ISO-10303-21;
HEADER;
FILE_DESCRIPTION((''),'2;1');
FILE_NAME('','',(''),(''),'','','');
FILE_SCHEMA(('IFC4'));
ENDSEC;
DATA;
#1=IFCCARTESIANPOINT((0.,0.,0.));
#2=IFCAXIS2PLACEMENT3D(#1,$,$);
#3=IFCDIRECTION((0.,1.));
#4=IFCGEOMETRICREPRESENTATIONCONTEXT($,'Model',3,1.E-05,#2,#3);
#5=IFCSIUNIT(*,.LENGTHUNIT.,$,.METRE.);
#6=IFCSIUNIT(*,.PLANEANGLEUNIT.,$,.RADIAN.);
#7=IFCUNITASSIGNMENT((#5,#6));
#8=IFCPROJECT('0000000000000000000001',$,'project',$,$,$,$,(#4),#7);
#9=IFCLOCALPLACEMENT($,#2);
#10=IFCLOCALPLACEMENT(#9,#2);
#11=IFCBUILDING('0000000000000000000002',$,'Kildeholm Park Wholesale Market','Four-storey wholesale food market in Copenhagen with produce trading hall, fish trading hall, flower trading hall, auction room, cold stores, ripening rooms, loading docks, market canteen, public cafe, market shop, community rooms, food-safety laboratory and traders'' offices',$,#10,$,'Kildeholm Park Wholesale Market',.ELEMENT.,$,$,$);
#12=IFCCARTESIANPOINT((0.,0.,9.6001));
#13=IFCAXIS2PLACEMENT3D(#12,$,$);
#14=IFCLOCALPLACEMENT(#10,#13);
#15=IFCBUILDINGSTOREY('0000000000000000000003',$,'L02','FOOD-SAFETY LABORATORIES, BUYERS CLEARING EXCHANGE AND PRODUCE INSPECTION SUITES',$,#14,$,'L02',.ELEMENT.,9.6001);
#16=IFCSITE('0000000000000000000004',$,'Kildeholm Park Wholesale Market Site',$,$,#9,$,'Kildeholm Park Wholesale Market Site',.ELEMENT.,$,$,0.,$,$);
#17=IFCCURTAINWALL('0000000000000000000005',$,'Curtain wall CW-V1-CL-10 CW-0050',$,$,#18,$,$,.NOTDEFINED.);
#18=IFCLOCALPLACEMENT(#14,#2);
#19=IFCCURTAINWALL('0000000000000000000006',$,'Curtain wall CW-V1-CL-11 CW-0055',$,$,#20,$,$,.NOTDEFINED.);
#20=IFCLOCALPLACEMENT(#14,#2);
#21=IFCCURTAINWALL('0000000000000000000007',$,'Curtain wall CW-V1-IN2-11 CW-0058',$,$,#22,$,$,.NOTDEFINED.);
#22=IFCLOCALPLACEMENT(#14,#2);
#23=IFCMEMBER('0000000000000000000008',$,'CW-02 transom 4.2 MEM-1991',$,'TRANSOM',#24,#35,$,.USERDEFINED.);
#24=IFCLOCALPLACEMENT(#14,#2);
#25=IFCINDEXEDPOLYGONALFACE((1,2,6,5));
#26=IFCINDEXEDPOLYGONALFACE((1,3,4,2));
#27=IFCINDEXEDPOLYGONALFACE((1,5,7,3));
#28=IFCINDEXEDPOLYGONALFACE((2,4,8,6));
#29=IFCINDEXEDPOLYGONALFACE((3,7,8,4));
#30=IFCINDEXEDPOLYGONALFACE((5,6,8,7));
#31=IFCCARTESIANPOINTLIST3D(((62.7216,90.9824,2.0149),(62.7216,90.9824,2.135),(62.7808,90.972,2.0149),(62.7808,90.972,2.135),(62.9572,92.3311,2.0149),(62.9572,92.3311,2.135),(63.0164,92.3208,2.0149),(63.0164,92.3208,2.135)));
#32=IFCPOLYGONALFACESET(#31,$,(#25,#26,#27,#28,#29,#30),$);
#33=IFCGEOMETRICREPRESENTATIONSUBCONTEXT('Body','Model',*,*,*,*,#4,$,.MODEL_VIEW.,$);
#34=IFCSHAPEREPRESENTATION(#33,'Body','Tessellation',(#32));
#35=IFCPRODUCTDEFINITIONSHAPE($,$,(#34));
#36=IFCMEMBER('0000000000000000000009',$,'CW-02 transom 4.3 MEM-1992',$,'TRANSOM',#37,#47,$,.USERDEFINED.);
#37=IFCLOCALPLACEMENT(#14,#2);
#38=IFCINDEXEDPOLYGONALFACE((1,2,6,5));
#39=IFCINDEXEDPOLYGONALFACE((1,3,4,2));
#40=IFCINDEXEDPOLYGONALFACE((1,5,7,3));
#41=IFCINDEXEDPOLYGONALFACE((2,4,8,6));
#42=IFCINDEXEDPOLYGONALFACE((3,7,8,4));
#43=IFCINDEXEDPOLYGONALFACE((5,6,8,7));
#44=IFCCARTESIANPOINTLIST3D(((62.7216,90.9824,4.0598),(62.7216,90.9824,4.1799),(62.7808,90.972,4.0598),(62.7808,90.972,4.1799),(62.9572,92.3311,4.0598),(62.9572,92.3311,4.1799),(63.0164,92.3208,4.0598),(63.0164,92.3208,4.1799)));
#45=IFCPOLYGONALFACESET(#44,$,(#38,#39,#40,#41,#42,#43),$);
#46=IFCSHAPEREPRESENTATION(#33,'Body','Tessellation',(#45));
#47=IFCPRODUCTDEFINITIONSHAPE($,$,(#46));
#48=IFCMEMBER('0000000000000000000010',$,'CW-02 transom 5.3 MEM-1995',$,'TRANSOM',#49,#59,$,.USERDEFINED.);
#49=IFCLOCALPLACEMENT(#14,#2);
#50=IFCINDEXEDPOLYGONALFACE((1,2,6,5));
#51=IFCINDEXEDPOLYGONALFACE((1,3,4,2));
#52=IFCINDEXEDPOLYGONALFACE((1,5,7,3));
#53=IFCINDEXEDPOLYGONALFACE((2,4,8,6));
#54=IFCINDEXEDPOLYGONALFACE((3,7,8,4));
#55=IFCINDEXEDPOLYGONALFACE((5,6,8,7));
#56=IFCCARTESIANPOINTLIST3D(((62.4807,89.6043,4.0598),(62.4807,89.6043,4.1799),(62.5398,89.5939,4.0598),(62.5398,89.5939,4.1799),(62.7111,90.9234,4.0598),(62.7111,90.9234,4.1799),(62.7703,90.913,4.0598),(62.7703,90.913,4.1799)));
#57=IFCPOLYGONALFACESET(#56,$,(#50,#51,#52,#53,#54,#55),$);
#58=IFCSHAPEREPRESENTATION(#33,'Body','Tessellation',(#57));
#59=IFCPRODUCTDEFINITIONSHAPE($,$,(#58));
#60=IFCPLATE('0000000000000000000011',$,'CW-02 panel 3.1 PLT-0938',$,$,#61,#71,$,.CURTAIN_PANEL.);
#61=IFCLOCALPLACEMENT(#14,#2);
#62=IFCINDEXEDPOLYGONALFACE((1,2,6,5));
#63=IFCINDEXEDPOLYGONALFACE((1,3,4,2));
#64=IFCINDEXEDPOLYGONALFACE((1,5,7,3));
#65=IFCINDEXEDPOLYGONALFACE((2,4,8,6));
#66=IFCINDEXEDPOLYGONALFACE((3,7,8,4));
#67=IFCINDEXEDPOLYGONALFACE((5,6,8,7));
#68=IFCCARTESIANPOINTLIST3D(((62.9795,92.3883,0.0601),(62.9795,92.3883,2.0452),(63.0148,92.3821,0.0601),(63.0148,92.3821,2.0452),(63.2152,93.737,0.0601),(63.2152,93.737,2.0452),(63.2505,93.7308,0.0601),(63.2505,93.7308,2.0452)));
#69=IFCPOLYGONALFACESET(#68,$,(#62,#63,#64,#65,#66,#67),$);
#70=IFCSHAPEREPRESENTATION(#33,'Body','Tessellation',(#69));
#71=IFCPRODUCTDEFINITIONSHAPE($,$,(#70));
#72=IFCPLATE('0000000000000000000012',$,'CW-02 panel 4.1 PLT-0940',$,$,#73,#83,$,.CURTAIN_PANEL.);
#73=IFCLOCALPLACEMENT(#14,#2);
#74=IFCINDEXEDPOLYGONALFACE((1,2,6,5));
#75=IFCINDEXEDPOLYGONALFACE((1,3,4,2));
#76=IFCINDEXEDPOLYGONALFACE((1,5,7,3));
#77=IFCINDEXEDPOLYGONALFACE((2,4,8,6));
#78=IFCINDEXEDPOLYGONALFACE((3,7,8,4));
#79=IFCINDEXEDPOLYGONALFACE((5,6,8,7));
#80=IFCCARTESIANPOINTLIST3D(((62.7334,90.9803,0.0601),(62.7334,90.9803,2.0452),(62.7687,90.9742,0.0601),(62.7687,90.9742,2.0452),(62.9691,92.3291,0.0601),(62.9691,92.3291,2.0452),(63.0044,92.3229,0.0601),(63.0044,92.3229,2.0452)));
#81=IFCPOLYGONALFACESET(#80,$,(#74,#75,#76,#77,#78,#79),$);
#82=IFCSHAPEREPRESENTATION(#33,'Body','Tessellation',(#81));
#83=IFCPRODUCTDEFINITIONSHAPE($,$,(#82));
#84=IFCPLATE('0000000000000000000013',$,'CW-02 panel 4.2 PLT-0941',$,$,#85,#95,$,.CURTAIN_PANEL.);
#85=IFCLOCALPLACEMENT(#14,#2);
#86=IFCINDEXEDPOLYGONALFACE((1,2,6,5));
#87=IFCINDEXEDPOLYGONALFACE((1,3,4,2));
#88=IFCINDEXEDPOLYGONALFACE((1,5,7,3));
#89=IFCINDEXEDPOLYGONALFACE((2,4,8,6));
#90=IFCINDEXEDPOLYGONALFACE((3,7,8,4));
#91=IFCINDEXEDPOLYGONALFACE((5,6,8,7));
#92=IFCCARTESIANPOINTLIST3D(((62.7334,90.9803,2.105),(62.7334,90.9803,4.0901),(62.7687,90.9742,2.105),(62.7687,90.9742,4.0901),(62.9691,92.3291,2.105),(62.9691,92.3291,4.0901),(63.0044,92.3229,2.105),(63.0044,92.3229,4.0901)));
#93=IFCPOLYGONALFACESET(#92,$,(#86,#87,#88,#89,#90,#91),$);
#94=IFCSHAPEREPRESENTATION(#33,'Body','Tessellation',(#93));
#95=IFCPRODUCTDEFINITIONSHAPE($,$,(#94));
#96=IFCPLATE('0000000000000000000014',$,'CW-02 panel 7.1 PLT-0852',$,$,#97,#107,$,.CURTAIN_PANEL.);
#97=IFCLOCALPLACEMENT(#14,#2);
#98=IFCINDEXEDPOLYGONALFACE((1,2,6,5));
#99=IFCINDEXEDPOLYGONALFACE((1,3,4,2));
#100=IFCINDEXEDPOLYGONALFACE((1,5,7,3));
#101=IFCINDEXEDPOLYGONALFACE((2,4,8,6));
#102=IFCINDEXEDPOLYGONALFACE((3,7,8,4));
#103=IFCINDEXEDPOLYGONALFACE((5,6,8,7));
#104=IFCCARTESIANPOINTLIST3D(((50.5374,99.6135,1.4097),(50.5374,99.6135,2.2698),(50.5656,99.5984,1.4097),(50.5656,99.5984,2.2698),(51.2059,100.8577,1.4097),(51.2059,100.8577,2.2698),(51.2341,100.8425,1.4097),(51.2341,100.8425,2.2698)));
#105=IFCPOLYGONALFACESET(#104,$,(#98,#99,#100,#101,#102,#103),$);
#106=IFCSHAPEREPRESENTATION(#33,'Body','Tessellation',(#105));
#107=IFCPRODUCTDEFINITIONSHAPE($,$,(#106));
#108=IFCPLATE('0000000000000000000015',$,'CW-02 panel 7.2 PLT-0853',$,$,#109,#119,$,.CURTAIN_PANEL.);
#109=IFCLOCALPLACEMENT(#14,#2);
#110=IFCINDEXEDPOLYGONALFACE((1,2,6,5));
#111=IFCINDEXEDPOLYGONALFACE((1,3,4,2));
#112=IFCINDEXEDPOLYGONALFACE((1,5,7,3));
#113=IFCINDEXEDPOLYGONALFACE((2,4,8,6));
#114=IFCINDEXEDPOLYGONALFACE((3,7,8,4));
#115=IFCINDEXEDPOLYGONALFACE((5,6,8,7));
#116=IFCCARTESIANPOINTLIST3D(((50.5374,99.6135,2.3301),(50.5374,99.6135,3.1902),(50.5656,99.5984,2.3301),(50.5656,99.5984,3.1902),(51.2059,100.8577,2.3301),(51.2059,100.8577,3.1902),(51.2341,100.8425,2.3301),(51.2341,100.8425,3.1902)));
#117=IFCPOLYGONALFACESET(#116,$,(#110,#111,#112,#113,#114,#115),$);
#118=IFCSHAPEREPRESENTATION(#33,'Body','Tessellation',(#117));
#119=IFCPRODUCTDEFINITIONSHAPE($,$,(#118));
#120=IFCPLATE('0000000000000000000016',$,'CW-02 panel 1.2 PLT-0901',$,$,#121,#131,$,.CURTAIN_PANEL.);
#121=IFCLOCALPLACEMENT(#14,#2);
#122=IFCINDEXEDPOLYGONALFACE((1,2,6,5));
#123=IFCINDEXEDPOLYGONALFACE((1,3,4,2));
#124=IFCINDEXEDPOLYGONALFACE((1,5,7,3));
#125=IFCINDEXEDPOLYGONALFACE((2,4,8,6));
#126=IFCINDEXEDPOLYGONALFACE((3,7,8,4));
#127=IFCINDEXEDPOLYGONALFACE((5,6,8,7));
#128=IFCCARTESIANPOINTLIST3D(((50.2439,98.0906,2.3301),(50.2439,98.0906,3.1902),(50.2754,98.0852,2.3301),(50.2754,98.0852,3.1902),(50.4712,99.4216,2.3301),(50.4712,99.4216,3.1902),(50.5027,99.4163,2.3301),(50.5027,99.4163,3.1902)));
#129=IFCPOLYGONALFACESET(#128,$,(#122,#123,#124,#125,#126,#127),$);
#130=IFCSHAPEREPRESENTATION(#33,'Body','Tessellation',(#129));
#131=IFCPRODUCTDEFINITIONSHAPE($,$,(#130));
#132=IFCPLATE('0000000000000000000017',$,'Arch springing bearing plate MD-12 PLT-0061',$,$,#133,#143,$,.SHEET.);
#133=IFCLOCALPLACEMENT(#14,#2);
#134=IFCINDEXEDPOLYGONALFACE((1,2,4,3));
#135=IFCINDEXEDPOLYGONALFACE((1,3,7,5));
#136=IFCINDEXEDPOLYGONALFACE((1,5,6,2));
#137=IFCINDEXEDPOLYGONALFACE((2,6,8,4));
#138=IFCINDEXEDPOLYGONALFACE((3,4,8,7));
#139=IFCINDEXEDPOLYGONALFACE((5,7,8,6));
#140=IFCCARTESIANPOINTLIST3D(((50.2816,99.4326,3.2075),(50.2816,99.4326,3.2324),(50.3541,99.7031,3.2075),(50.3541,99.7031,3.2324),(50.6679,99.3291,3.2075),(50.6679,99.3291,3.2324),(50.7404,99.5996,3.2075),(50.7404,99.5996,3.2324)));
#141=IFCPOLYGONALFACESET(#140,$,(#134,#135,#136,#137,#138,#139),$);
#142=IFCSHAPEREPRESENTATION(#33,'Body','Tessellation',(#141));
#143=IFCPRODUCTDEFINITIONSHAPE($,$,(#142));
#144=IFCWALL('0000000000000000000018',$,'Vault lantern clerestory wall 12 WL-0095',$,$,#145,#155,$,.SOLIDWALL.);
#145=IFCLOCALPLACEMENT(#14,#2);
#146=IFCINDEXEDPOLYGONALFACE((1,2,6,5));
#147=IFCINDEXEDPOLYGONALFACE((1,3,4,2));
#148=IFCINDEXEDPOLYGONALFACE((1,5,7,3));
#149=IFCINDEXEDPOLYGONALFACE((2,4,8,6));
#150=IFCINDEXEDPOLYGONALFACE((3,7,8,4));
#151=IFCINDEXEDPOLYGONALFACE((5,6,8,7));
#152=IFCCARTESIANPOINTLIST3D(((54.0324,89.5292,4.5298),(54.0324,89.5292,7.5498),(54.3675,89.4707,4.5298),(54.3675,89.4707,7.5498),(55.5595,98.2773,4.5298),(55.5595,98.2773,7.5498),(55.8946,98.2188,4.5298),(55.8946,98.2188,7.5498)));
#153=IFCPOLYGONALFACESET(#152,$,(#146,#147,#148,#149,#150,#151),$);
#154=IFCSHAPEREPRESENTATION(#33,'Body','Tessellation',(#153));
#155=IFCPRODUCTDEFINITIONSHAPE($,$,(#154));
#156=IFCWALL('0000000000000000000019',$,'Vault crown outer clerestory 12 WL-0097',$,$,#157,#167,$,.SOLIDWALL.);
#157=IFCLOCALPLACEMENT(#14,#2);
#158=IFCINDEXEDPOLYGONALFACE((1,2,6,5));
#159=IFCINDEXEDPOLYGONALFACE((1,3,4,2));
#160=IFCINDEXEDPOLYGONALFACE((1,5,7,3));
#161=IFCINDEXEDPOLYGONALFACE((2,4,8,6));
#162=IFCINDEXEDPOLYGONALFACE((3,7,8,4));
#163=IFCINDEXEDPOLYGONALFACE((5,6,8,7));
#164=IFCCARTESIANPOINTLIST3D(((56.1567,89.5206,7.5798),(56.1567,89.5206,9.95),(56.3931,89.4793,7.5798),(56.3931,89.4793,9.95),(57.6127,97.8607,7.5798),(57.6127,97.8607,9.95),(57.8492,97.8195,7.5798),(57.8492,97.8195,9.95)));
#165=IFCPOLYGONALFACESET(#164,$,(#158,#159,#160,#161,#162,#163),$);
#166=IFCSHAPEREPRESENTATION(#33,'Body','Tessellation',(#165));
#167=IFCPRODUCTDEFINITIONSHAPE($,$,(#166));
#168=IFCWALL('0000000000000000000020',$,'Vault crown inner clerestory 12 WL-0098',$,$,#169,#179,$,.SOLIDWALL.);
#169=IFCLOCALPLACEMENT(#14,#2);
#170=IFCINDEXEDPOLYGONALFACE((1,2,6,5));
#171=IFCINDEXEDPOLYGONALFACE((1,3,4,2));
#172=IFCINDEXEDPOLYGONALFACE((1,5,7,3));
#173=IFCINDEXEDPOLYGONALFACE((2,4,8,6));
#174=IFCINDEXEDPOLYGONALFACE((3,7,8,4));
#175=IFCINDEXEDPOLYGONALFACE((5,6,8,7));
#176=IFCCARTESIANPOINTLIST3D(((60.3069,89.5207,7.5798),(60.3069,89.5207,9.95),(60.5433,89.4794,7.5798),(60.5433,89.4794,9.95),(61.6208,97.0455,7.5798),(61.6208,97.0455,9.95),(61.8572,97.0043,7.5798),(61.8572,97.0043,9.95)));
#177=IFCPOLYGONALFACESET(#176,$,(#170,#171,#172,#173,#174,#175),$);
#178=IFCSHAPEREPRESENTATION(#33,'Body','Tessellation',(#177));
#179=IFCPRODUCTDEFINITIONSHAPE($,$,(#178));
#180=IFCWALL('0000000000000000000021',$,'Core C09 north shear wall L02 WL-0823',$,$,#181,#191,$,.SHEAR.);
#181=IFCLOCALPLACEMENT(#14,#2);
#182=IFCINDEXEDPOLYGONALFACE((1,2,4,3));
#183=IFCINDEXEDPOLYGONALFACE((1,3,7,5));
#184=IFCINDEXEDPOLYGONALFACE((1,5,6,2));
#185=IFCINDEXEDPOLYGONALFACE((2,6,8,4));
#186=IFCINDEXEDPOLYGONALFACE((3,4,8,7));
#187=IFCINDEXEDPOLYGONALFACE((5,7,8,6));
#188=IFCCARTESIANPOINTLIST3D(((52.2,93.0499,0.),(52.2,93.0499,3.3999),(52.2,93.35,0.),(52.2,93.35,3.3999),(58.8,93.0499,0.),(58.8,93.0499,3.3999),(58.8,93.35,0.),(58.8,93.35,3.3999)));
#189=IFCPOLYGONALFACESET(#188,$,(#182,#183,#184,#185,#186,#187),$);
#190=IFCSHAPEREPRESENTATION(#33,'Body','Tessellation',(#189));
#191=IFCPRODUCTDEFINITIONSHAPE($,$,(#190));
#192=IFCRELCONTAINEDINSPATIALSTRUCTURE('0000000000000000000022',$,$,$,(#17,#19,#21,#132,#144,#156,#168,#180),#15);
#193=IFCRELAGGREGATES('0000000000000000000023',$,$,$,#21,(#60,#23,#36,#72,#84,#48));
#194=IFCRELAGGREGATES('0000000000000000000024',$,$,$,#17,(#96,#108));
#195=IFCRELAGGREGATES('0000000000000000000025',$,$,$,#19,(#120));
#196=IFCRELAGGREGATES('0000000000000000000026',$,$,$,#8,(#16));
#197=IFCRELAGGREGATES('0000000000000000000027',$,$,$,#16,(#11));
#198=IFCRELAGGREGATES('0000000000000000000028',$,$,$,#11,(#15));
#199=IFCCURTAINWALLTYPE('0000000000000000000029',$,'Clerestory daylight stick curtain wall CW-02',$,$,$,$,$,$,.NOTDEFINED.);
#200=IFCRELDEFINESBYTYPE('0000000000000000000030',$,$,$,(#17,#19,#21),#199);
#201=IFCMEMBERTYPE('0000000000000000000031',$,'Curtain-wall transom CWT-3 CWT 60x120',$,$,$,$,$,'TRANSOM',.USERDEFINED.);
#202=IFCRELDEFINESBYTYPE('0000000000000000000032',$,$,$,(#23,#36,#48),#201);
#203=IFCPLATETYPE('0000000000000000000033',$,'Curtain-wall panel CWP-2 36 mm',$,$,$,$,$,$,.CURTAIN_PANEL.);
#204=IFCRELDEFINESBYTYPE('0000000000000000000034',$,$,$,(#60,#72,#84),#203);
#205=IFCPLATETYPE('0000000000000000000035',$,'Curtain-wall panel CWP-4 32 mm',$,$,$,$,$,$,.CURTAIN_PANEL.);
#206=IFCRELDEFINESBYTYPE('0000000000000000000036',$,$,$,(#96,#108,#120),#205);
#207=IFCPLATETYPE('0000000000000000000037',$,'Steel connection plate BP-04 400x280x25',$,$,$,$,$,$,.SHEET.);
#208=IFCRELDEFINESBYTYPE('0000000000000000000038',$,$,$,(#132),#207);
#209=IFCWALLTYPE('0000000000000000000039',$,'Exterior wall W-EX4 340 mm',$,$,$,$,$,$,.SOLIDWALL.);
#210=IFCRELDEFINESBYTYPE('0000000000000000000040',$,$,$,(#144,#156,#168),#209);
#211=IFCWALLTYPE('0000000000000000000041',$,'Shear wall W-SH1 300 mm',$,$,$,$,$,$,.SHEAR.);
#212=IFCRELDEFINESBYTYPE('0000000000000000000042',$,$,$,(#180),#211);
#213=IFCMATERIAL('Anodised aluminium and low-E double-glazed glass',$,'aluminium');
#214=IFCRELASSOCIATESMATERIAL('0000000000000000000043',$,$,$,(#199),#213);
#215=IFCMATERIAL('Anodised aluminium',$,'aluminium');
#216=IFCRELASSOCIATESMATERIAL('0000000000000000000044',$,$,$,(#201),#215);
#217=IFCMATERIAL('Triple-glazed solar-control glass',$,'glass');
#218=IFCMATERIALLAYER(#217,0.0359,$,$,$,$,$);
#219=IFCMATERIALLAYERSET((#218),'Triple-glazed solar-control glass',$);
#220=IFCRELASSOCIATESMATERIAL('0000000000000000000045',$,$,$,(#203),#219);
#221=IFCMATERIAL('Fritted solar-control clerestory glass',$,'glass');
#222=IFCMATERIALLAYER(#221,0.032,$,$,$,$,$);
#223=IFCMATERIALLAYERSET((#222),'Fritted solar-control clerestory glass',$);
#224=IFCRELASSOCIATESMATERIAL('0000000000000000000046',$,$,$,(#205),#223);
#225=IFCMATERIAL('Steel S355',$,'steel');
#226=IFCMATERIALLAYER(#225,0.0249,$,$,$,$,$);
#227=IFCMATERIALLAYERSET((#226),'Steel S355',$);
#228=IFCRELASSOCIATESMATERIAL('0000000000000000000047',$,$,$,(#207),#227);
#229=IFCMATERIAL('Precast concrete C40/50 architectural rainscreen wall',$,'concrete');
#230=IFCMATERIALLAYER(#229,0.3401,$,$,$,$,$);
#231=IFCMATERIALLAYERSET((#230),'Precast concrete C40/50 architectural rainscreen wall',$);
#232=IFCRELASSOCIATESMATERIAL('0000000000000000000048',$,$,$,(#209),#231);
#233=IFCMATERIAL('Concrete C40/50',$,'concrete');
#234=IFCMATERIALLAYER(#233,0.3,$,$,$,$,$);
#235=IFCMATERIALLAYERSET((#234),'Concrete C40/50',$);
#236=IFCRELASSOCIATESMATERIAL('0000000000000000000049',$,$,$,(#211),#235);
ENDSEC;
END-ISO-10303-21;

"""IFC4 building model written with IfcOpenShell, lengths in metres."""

from ifc_helpers import new_model, si_unit, direction, frame, frame_2d, origin, origin_2d, place, context, subcontext, project, spatial, rectangle, extrude, material, layer, layer_set, material_profile, profile_set, type_object, element, aggregate, save


model = new_model("IFC4")

# Units and contexts
model_context = context("Model", 3, precision=1e-05, world=origin(), true_north=direction((0.0, 1.0)))
body_context = subcontext(model_context, "Body", "Model", "MODEL_VIEW")
ifc_project = project(units=[si_unit("LENGTHUNIT", "METRE"), si_unit("PLANEANGLEUNIT", "RADIAN")], contexts=[model_context])

# Site, building, storey
site_placement = place(None, origin())
site = spatial("IfcSite", under=ifc_project, at=site_placement, Name="Kildeholm Park Wholesale Market Site", LongName="Kildeholm Park Wholesale Market Site", CompositionType="ELEMENT", RefElevation=0.0)
building_placement = place(site_placement, origin())
building = spatial("IfcBuilding", under=site, at=building_placement, Name="Kildeholm Park Wholesale Market", Description="Four-storey wholesale food market in Copenhagen with produce trading hall, fish trading hall, flower trading hall, auction room, cold stores, ripening rooms, loading docks, market canteen, public cafe, market shop, community rooms, food-safety laboratory and traders' offices", LongName="Kildeholm Park Wholesale Market", CompositionType="ELEMENT")
storey_placement = place(building_placement, frame((0.0, 0.0, 9.6001)))
storey = spatial("IfcBuildingStorey", under=building, at=storey_placement, Name="L02", Description="FOOD-SAFETY LABORATORIES, BUYERS CLEARING EXCHANGE AND PRODUCE INSPECTION SUITES", LongName="L02", CompositionType="ELEMENT", Elevation=9.6001)

# Shared definitions
ifc_material_1 = material(Name="Steel S355", Category="steel")

# Curtain walls
ifc_material_2 = material(Name="Anodised aluminium and low-E double-glazed glass", Category="aluminium")
curtain_wall_type = type_object("IfcCurtainWallType", Name="Clerestory daylight stick curtain wall CW-02", PredefinedType="NOTDEFINED", material=ifc_material_2)
curtain_wall_1_placement = place(storey_placement, origin())
curtain_wall_1 = element("IfcCurtainWall", 1, at=curtain_wall_1_placement, inside=storey, type_object=curtain_wall_type, Name="Curtain wall CW-V1-CL-10 CW-0050", PredefinedType="NOTDEFINED")
ifc_material_3 = material(Name="Anodised aluminium", Category="aluminium")
curtain_wall_2_placement = place(storey_placement, origin())
curtain_wall_2 = element("IfcCurtainWall", 2, at=curtain_wall_2_placement, inside=storey, type_object=curtain_wall_type, Name="Curtain wall CW-V1-CL-11 CW-0055", PredefinedType="NOTDEFINED")

# Curtain wall
curtain_wall_3_placement = place(storey_placement, origin())
curtain_wall_3 = element("IfcCurtainWall", 3, at=curtain_wall_3_placement, inside=storey, type_object=curtain_wall_type, Name="Curtain wall CW-V1-IN2-11 CW-0058", PredefinedType="NOTDEFINED")

# Members
ifc_material_profile_1 = material_profile(ifc_material_3, rectangle(XDim=0.0601, YDim=0.1201, at=origin_2d()), Name="CWT 60x120")
ifc_profile_set_1 = profile_set([ifc_material_profile_1], Name="Anodised aluminium")
member_type_1 = type_object("IfcMemberType", Name="Curtain-wall transom CWT-3 CWT 60x120", ElementType="TRANSOM", PredefinedType="USERDEFINED", material=ifc_profile_set_1)
member_1_placement = place(storey_placement, frame((62.9868, 92.3259, 2.075), z_axis=(-0.172086, -0.985082, 0.0), x_axis=(0.985082, -0.172086, 0.0)))
member_1 = element("IfcMember", 4, at=member_1_placement, type_object=member_type_1, Name="CW-02 transom 4.2 MEM-1991", ObjectType="TRANSOM", PredefinedType="USERDEFINED", context=body_context, shape_type="SweptSolid", body=[
    extrude(rectangle(XDim=0.0601, YDim=0.1201, at=origin_2d()), origin(), (0.0, 0.0, 1.0), 1.3691),
])
member_2_placement = place(storey_placement, frame((62.9868, 92.3259, 4.1199), z_axis=(-0.172086, -0.985082, 0.0), x_axis=(0.985082, -0.172086, 0.0)))
member_2 = element("IfcMember", 5, at=member_2_placement, type_object=member_type_1, Name="CW-02 transom 4.3 MEM-1992", ObjectType="TRANSOM", PredefinedType="USERDEFINED", context=body_context, shape_type="SweptSolid", body=[
    extrude(rectangle(XDim=0.0601, YDim=0.1201, at=origin_2d()), origin(), (0.0, 0.0, 1.0), 1.3691),
])
member_3_placement = place(storey_placement, frame((62.7407, 90.9182, 4.1199), z_axis=(-0.172111, -0.985078, 0.0), x_axis=(0.985078, -0.172111, 0.0)))
member_3 = element("IfcMember", 6, at=member_3_placement, type_object=member_type_1, Name="CW-02 transom 5.3 MEM-1995", ObjectType="TRANSOM", PredefinedType="USERDEFINED", context=body_context, shape_type="SweptSolid", body=[
    extrude(rectangle(XDim=0.0601, YDim=0.1201, at=origin_2d()), origin(), (0.0, 0.0, 1.0), 1.3391),
])

# Plates
ifc_material_4 = material(Name="Triple-glazed solar-control glass", Category="glass")
ifc_layer_1 = layer(ifc_material_4, 0.0359)
ifc_layer_set_1 = layer_set([ifc_layer_1], Name="Triple-glazed solar-control glass")
plate_type_1 = type_object("IfcPlateType", Name="Curtain-wall panel CWP-2 36 mm", PredefinedType="CURTAIN_PANEL", material=ifc_layer_set_1)
plate_1_placement = place(storey_placement, frame((63.115, 93.0596, 0.0601), z_axis=(0.0, 0.0, 1.0), x_axis=(-0.172133, -0.985074, 0.0)))
plate_1 = element("IfcPlate", 7, at=plate_1_placement, type_object=plate_type_1, Name="CW-02 panel 3.1 PLT-0938", PredefinedType="CURTAIN_PANEL", context=body_context, shape_type="SweptSolid", body=[
    extrude(rectangle(XDim=1.3691, YDim=0.0359, at=origin_2d()), origin(), (0.0, 0.0, 1.0), 1.9851),
])
plate_2_placement = place(storey_placement, frame((62.8689, 91.6516, 0.0601), z_axis=(0.0, 0.0, 1.0), x_axis=(-0.172133, -0.985074, 0.0)))
plate_2 = element("IfcPlate", 8, at=plate_2_placement, type_object=plate_type_1, Name="CW-02 panel 4.1 PLT-0940", PredefinedType="CURTAIN_PANEL", context=body_context, shape_type="SweptSolid", body=[
    extrude(rectangle(XDim=1.3691, YDim=0.0359, at=origin_2d()), origin(), (0.0, 0.0, 1.0), 1.9851),
])
plate_3_placement = place(storey_placement, frame((62.8689, 91.6516, 2.105), z_axis=(0.0, 0.0, 1.0), x_axis=(-0.172133, -0.985074, 0.0)))
plate_3 = element("IfcPlate", 9, at=plate_3_placement, type_object=plate_type_1, Name="CW-02 panel 4.2 PLT-0941", PredefinedType="CURTAIN_PANEL", context=body_context, shape_type="SweptSolid", body=[
    extrude(rectangle(XDim=1.3691, YDim=0.0359, at=origin_2d()), origin(), (0.0, 0.0, 1.0), 1.9851),
])
aggregate(curtain_wall_3, [plate_1, member_1, member_2, plate_2, plate_3, member_3])
ifc_material_5 = material(Name="Fritted solar-control clerestory glass", Category="glass")
ifc_layer_2 = layer(ifc_material_5, 0.032)
ifc_layer_set_2 = layer_set([ifc_layer_2], Name="Fritted solar-control clerestory glass")
plate_type_2 = type_object("IfcPlateType", Name="Curtain-wall panel CWP-4 32 mm", PredefinedType="CURTAIN_PANEL", material=ifc_layer_set_2)
plate_4_placement = place(storey_placement, frame((50.8857, 100.228, 1.4097), z_axis=(0.0, 0.0, 1.0), x_axis=(-0.47334, -0.88088, 0.0)))
plate_4 = element("IfcPlate", 10, at=plate_4_placement, type_object=plate_type_2, Name="CW-02 panel 7.1 PLT-0852", PredefinedType="CURTAIN_PANEL", context=body_context, shape_type="SweptSolid", body=[
    extrude(rectangle(XDim=1.4124, YDim=0.032, at=origin_2d()), origin(), (0.0, 0.0, 1.0), 0.8601),
])
plate_5_placement = place(storey_placement, frame((50.8857, 100.228, 2.3301), z_axis=(0.0, 0.0, 1.0), x_axis=(-0.47334, -0.88088, 0.0)))
plate_5 = element("IfcPlate", 11, at=plate_5_placement, type_object=plate_type_2, Name="CW-02 panel 7.2 PLT-0853", PredefinedType="CURTAIN_PANEL", context=body_context, shape_type="SweptSolid", body=[
    extrude(rectangle(XDim=1.4124, YDim=0.032, at=origin_2d()), origin(), (0.0, 0.0, 1.0), 0.8601),
])
aggregate(curtain_wall_1, [plate_4, plate_5])
plate_6_placement = place(storey_placement, frame((50.3733, 98.7534, 2.3301), z_axis=(0.0, 0.0, 1.0), x_axis=(-0.168322, -0.985732, 0.0)))
plate_6 = element("IfcPlate", 12, at=plate_6_placement, type_object=plate_type_2, Name="CW-02 panel 1.2 PLT-0901", PredefinedType="CURTAIN_PANEL", context=body_context, shape_type="SweptSolid", body=[
    extrude(rectangle(XDim=1.3503, YDim=0.032, at=origin_2d()), origin(), (0.0, 0.0, 1.0), 0.8601),
])
aggregate(curtain_wall_2, [plate_6])
ifc_layer_3 = layer(ifc_material_1, 0.0249)
ifc_layer_set_3 = layer_set([ifc_layer_3], Name="Steel S355")
plate_type_3 = type_object("IfcPlateType", Name="Steel connection plate BP-04 400x280x25", PredefinedType="SHEET", material=ifc_layer_set_3)
plate_7_placement = place(storey_placement, frame((50.511, 99.5161, 3.2075), z_axis=(0.0, 0.0, 1.0), x_axis=(-0.965926, 0.258819, 0.0)))
element("IfcPlate", 13, at=plate_7_placement, inside=storey, type_object=plate_type_3, Name="Arch springing bearing plate MD-12 PLT-0061", PredefinedType="SHEET", context=body_context, shape_type="SweptSolid", body=[
    extrude(rectangle(XDim=0.3999, YDim=0.28, at=origin_2d()), origin(), (0.0, 0.0, 1.0), 0.0249),
])

# Walls
ifc_material_6 = material(Name="Precast concrete C40/50 architectural rainscreen wall", Category="concrete")
ifc_layer_4 = layer(ifc_material_6, 0.3401)
ifc_layer_set_4 = layer_set([ifc_layer_4], Name="Precast concrete C40/50 architectural rainscreen wall")
wall_type_1 = type_object("IfcWallType", Name="Exterior wall W-EX4 340 mm", PredefinedType="SOLIDWALL", material=ifc_layer_set_4)
wall_1_placement = place(storey_placement, frame((55.7271, 98.248, 4.5298), z_axis=(0.0, 0.0, 1.0), x_axis=(-0.171964, -0.985103, 0.0)))
element("IfcWall", 14, at=wall_1_placement, inside=storey, type_object=wall_type_1, Name="Vault lantern clerestory wall 12 WL-0095", PredefinedType="SOLIDWALL", context=body_context, shape_type="SweptSolid", body=[
    extrude(rectangle(XDim=8.8804, YDim=0.3401, at=frame_2d((4.4402, 0.0))), origin(), (0.0, 0.0, 1.0), 3.02),
])
wall_2_placement = place(storey_placement, frame((57.731, 97.8401, 7.5798), z_axis=(0.0, 0.0, 1.0), x_axis=(-0.171984, -0.9851, 0.0)))
element("IfcWall", 15, at=wall_2_placement, inside=storey, type_object=wall_type_1, Name="Vault crown outer clerestory 12 WL-0097", PredefinedType="SOLIDWALL", context=body_context, shape_type="SweptSolid", body=[
    extrude(rectangle(XDim=8.4663, YDim=0.24, at=frame_2d((4.2332, 0.0))), origin(), (0.0, 0.0, 1.0), 2.3701),
])
wall_3_placement = place(storey_placement, frame((61.739, 97.0249, 7.5798), z_axis=(0.0, 0.0, 1.0), x_axis=(-0.172013, -0.985095, 0.0)))
element("IfcWall", 16, at=wall_3_placement, inside=storey, type_object=wall_type_1, Name="Vault crown inner clerestory 12 WL-0098", PredefinedType="SOLIDWALL", context=body_context, shape_type="SweptSolid", body=[
    extrude(rectangle(XDim=7.6387, YDim=0.24, at=frame_2d((3.8193, 0.0))), origin(), (0.0, 0.0, 1.0), 2.3701),
])
ifc_material_7 = material(Name="Concrete C40/50", Category="concrete")
ifc_layer_5 = layer(ifc_material_7, 0.3)
ifc_layer_set_5 = layer_set([ifc_layer_5], Name="Concrete C40/50")
wall_type_2 = type_object("IfcWallType", Name="Shear wall W-SH1 300 mm", PredefinedType="SHEAR", material=ifc_layer_set_5)
wall_4_placement = place(storey_placement, frame((52.2, 93.2, 0.0), z_axis=(0.0, 0.0, 1.0), x_axis=(1.0, 0.0, 0.0)))
element("IfcWall", 17, at=wall_4_placement, inside=storey, type_object=wall_type_2, Name="Core C09 north shear wall L02 WL-0823", PredefinedType="SHEAR", context=body_context, shape_type="SweptSolid", body=[
    extrude(rectangle(XDim=6.6001, YDim=0.3, at=frame_2d((3.3, 0.0))), origin(), (0.0, 0.0, 1.0), 3.3999),
])

save(model, "model.ifc")
